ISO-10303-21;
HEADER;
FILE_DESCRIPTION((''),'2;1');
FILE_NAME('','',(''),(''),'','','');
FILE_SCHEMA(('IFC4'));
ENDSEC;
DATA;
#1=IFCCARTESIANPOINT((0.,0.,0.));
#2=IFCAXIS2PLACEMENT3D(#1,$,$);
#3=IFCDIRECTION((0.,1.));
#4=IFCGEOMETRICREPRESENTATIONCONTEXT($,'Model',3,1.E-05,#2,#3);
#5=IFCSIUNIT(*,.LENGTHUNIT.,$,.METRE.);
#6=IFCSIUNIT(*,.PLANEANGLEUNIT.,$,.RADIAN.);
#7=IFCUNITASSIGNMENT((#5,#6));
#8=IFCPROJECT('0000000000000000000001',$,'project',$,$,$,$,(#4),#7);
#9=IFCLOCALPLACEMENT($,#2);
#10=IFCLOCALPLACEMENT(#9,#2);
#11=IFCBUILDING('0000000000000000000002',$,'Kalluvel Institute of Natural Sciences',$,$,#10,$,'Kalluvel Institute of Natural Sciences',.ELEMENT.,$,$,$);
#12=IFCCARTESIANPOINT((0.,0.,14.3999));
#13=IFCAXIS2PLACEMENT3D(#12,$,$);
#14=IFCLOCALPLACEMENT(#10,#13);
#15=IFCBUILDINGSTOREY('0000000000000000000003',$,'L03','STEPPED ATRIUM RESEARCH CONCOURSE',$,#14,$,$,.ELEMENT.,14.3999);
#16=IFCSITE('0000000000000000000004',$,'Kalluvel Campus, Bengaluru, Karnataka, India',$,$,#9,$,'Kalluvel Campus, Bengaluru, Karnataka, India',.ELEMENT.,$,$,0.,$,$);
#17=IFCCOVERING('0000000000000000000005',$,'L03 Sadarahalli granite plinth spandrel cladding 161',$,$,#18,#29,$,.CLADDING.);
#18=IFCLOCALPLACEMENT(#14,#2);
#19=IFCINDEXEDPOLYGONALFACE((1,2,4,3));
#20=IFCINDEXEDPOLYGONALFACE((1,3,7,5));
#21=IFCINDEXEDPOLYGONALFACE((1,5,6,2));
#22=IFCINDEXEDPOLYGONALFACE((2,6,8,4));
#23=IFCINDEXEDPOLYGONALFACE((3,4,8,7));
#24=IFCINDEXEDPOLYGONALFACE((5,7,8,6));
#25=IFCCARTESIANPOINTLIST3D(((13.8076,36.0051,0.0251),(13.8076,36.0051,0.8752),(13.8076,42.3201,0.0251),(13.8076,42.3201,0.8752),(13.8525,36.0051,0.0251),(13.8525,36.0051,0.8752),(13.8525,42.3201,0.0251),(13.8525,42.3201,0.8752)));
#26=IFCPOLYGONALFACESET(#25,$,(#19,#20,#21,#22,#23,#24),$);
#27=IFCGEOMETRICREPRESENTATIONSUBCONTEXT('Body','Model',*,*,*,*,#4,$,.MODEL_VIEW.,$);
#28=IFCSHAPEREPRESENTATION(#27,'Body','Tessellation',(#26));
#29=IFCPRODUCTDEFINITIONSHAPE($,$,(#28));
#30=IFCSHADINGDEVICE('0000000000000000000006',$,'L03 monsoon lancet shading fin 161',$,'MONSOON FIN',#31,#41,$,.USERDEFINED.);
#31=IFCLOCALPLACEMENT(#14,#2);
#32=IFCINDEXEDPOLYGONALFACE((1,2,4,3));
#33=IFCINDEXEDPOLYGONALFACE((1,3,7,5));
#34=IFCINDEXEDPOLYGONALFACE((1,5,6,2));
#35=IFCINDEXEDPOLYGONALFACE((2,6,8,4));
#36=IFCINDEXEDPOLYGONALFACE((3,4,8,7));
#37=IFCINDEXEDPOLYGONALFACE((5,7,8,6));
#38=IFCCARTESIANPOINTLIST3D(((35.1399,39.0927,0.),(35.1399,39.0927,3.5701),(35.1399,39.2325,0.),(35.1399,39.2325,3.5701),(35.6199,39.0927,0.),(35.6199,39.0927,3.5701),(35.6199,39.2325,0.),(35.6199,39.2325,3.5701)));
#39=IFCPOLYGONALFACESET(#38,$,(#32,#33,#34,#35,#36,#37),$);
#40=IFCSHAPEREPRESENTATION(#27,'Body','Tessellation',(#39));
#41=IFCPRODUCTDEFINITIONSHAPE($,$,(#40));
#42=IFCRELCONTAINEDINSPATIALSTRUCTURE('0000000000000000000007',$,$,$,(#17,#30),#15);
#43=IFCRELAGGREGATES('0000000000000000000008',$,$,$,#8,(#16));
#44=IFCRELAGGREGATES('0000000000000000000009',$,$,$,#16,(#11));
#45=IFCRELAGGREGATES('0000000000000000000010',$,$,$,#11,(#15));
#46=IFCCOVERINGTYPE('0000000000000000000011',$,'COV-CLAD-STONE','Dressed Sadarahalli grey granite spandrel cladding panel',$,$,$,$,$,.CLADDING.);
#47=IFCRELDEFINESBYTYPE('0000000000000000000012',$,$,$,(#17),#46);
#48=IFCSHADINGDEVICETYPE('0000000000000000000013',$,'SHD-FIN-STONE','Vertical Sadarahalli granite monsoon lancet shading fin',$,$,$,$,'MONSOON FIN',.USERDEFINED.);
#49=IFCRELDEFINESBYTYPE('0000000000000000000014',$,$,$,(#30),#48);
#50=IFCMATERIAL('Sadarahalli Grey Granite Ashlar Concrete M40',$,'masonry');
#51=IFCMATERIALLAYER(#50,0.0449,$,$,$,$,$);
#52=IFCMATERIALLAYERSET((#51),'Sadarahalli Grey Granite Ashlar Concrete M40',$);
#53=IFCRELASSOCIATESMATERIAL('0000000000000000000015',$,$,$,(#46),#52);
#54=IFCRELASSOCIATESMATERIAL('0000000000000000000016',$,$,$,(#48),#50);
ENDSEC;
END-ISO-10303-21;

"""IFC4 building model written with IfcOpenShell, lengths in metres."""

from ifc_helpers import new_model, si_unit, direction, frame, origin, origin_2d, place, context, subcontext, project, spatial, rectangle, extrude, material, layer, layer_set, type_object, element, save


model = new_model("IFC4")

# Units and contexts
model_context = context("Model", 3, precision=1e-05, world=origin(), true_north=direction((0.0, 1.0)))
body_context = subcontext(model_context, "Body", "Model", "MODEL_VIEW")
ifc_project = project(units=[si_unit("LENGTHUNIT", "METRE"), si_unit("PLANEANGLEUNIT", "RADIAN")], contexts=[model_context])

# Site, building, storey
site_placement = place(None, origin())
site = spatial("IfcSite", under=ifc_project, at=site_placement, Name="Kalluvel Campus, Bengaluru, Karnataka, India", LongName="Kalluvel Campus, Bengaluru, Karnataka, India", CompositionType="ELEMENT", RefElevation=0.0)
building_placement = place(site_placement, origin())
building = spatial("IfcBuilding", under=site, at=building_placement, Name="Kalluvel Institute of Natural Sciences", LongName="Kalluvel Institute of Natural Sciences", CompositionType="ELEMENT")
storey_placement = place(building_placement, frame((0.0, 0.0, 14.3999)))
storey = spatial("IfcBuildingStorey", under=building, at=storey_placement, Name="L03", Description="STEPPED ATRIUM RESEARCH CONCOURSE", CompositionType="ELEMENT", Elevation=14.3999)

# Shared definitions
ifc_material_1 = material(Name="Sadarahalli Grey Granite Ashlar Concrete M40", Category="masonry")

# Covering
ifc_layer_1 = layer(ifc_material_1, 0.0449)
ifc_layer_set_1 = layer_set([ifc_layer_1], Name="Sadarahalli Grey Granite Ashlar Concrete M40")
covering_type = type_object("IfcCoveringType", Name="COV-CLAD-STONE", Description="Dressed Sadarahalli grey granite spandrel cladding panel", PredefinedType="CLADDING", material=ifc_layer_set_1)
covering_placement = place(storey_placement, frame((13.8301, 39.1626, 0.0251), z_axis=(0.0, 0.0, 1.0), x_axis=(0.0, 1.0, 0.0)))
element("IfcCovering", 1, at=covering_placement, inside=storey, type_object=covering_type, Name="L03 Sadarahalli granite plinth spandrel cladding 161", PredefinedType="CLADDING", context=body_context, shape_type="SweptSolid", body=[
    extrude(rectangle(XDim=6.3149, YDim=0.0449, at=origin_2d()), origin(), (0.0, 0.0, 1.0), 0.8501),
])

# Shading device
shading_device_type = type_object("IfcShadingDeviceType", Name="SHD-FIN-STONE", Description="Vertical Sadarahalli granite monsoon lancet shading fin", ElementType="MONSOON FIN", PredefinedType="USERDEFINED", material=ifc_material_1)
shading_device_placement = place(storey_placement, frame((35.3799, 39.1626, 0.0), z_axis=(0.0, 0.0, 1.0), x_axis=(0.0, 1.0, 0.0)))
element("IfcShadingDevice", 2, at=shading_device_placement, inside=storey, type_object=shading_device_type, Name="L03 monsoon lancet shading fin 161", ObjectType="MONSOON FIN", PredefinedType="USERDEFINED", context=body_context, shape_type="SweptSolid", body=[
    extrude(rectangle(XDim=0.1399, YDim=0.48, at=origin_2d()), origin(), (0.0, 0.0, 1.0), 3.5701),
])

save(model, "model.ifc")
